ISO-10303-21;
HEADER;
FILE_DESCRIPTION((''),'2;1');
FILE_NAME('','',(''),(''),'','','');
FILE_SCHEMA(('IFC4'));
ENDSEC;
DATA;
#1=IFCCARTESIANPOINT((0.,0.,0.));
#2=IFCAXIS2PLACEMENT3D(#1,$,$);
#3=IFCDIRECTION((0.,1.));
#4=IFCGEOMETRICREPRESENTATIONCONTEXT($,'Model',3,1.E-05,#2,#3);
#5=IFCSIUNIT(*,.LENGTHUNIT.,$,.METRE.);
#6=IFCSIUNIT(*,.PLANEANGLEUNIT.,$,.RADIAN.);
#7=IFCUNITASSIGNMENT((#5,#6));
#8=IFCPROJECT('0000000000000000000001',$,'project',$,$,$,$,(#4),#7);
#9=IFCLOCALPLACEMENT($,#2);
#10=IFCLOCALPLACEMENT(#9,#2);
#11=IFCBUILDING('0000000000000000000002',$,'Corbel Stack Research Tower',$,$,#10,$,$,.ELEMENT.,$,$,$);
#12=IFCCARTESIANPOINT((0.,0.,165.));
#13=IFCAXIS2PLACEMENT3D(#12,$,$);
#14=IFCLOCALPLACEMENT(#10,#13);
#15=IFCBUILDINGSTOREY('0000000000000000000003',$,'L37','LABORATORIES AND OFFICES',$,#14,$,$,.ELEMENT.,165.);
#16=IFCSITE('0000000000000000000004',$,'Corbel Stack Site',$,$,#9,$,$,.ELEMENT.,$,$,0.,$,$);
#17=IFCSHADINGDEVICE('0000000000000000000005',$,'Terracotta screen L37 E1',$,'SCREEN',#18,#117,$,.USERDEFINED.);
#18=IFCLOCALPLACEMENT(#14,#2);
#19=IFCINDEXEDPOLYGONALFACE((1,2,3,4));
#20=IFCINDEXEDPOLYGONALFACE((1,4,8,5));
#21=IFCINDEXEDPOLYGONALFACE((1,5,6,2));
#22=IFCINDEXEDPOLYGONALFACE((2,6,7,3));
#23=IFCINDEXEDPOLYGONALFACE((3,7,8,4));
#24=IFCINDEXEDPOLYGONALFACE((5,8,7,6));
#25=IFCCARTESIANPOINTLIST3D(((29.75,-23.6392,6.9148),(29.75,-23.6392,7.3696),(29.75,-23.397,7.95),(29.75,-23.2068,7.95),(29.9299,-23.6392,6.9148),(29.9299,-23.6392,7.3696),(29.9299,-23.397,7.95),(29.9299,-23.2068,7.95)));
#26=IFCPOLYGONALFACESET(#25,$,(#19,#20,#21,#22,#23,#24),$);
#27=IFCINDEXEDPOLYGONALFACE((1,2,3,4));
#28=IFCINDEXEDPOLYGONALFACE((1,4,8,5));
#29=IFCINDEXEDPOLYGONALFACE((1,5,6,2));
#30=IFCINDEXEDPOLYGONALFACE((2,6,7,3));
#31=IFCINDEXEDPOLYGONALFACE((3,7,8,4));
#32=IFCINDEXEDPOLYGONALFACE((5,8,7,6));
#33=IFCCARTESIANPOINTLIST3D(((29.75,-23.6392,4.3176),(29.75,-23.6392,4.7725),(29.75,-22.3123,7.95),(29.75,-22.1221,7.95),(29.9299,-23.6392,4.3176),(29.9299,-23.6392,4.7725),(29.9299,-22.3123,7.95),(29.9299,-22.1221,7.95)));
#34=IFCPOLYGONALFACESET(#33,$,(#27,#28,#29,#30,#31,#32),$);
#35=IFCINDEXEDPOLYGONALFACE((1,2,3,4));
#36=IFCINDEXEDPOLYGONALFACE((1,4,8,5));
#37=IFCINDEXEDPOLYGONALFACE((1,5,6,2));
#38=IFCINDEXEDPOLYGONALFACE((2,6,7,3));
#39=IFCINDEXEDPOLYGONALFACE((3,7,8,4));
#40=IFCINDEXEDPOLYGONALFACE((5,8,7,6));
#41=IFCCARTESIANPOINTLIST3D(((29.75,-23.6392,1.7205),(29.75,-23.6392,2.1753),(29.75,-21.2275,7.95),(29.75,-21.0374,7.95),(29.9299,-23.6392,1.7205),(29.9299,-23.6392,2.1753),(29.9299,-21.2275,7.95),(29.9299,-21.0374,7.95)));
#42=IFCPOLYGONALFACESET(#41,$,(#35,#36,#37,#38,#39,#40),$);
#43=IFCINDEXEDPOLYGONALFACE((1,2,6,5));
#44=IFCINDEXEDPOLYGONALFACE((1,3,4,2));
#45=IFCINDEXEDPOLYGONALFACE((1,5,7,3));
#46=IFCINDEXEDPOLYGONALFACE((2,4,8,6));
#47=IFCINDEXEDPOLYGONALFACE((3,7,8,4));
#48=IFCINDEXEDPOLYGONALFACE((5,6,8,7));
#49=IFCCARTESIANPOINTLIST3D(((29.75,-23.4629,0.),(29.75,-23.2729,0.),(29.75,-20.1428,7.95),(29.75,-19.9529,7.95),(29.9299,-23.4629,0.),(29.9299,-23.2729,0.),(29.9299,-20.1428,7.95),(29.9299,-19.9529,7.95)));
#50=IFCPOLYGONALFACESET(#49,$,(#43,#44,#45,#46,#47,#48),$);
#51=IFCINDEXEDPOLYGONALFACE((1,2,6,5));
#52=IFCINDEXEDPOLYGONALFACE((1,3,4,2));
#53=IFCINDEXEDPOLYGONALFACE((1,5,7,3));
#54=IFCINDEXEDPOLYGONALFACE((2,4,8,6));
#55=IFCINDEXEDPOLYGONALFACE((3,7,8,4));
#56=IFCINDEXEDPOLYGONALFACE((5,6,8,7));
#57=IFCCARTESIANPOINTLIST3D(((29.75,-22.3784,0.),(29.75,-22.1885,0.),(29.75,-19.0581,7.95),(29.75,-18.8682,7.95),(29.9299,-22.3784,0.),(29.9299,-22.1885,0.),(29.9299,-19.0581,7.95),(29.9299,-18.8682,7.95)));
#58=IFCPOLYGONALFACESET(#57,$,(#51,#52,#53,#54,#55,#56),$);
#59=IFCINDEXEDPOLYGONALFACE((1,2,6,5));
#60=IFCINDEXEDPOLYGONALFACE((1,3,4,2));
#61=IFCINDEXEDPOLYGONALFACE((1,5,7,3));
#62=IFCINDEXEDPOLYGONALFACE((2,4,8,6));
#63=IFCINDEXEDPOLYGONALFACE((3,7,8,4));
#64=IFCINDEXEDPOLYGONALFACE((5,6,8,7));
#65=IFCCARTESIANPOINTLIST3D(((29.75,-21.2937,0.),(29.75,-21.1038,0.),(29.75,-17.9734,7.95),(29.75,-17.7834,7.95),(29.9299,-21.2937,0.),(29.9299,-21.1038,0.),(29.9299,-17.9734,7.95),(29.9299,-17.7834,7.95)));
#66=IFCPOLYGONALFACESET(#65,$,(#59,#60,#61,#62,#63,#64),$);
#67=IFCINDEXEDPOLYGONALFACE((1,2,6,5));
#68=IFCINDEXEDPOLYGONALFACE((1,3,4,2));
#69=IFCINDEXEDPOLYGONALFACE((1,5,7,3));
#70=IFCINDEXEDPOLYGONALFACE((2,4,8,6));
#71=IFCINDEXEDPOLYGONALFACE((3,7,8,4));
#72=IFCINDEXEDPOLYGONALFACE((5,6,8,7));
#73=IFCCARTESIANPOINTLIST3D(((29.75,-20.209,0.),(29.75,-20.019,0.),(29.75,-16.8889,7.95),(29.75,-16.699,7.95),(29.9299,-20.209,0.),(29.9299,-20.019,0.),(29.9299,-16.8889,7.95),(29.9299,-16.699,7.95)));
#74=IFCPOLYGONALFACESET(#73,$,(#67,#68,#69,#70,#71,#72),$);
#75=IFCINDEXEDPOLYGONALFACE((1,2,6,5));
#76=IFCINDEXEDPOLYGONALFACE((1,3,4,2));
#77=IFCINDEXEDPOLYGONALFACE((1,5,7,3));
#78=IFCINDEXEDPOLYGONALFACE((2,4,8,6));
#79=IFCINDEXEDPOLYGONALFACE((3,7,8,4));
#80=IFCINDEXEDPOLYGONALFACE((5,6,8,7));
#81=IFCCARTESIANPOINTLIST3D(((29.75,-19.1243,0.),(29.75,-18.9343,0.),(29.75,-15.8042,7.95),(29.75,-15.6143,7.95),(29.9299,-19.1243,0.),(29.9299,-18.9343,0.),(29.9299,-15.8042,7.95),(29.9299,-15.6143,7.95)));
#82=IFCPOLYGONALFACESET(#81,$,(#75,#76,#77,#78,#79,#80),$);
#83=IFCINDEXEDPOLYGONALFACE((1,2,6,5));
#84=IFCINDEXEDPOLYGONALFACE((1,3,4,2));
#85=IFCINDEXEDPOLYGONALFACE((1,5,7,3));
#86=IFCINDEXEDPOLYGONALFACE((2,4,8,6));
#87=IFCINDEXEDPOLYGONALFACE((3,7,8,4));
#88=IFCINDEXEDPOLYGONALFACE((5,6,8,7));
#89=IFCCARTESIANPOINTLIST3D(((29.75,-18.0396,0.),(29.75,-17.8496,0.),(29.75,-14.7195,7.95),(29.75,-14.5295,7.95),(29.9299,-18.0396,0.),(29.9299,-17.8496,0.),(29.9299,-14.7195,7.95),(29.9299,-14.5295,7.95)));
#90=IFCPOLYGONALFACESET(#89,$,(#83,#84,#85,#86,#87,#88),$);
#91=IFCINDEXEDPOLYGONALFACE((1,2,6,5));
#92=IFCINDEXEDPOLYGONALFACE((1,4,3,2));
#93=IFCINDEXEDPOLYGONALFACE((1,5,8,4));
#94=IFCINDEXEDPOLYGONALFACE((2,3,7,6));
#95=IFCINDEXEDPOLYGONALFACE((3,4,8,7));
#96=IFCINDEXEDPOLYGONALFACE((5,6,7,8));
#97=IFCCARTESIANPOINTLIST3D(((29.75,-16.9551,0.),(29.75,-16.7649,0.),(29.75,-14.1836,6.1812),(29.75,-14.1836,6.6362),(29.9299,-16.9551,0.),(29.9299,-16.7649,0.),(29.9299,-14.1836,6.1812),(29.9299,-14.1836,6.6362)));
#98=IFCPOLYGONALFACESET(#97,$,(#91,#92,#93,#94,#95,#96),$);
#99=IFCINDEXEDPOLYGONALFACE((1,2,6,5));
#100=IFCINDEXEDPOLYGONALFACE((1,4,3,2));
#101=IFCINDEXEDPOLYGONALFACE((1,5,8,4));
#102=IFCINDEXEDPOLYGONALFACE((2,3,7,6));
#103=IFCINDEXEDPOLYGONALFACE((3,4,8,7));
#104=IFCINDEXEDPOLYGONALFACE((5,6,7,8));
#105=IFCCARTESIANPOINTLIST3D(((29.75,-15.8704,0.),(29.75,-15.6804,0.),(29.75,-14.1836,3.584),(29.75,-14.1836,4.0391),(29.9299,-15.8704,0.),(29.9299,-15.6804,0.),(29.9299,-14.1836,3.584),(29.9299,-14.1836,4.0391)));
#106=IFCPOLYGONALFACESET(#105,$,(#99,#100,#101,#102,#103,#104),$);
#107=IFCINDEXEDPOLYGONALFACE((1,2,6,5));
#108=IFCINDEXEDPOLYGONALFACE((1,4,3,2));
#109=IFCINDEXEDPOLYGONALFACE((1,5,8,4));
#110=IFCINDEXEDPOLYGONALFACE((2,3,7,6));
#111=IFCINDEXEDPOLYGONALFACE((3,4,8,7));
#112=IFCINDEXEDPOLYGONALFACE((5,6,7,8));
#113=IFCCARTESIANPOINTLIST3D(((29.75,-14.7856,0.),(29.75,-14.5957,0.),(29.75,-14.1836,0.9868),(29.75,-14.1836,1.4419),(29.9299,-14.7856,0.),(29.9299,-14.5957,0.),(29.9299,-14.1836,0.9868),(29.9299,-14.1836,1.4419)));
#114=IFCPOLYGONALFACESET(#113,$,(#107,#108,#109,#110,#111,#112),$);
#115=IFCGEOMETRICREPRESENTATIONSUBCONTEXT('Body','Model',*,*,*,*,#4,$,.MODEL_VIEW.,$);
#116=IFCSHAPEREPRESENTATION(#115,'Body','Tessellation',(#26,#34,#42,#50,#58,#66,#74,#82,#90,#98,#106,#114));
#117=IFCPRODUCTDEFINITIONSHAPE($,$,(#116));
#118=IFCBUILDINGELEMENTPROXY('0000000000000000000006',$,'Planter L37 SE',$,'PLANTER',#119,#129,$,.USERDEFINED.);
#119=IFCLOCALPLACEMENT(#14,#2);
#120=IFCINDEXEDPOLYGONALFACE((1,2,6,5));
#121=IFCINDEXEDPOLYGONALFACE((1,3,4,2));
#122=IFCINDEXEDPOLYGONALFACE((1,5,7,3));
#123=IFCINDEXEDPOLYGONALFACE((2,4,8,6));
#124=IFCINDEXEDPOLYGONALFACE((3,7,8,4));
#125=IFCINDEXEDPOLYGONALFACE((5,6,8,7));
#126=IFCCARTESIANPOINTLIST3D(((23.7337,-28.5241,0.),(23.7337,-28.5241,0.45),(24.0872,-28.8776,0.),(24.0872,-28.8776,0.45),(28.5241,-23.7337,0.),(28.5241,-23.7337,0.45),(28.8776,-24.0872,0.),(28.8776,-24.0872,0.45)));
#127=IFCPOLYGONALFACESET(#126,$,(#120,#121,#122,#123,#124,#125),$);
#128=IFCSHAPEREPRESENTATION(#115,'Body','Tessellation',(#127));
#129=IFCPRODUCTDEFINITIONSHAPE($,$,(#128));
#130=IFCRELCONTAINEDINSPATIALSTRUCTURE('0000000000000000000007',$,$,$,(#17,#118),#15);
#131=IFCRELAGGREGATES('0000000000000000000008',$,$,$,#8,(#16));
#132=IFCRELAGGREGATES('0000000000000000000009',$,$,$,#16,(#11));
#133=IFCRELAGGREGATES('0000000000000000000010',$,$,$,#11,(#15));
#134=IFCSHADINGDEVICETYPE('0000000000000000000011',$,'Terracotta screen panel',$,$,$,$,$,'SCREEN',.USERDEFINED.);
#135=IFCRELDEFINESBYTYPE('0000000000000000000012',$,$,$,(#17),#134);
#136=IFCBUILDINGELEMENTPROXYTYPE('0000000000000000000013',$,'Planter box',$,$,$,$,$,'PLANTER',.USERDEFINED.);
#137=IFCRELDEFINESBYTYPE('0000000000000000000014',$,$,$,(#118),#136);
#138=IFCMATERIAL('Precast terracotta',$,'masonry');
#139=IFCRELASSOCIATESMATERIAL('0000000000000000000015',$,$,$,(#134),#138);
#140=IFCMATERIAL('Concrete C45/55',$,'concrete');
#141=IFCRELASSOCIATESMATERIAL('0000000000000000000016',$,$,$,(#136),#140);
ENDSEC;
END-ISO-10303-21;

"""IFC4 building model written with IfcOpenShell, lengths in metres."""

from ifc_helpers import new_model, si_unit, direction, frame, origin, origin_2d, place, context, subcontext, project, spatial, polyline, rectangle, outline, extrude, source, transform, mapped, material, type_object, element, save


model = new_model("IFC4")

# Units and contexts
model_context = context("Model", 3, precision=1e-05, world=origin(), true_north=direction((0.0, 1.0)))
body_context = subcontext(model_context, "Body", "Model", "MODEL_VIEW")
ifc_project = project(units=[si_unit("LENGTHUNIT", "METRE"), si_unit("PLANEANGLEUNIT", "RADIAN")], contexts=[model_context])

# Site, building, storey
site_placement = place(None, origin())
site = spatial("IfcSite", under=ifc_project, at=site_placement, Name="Corbel Stack Site", CompositionType="ELEMENT", RefElevation=0.0)
building_placement = place(site_placement, origin())
building = spatial("IfcBuilding", under=site, at=building_placement, Name="Corbel Stack Research Tower", CompositionType="ELEMENT")
storey_placement = place(building_placement, frame((0.0, 0.0, 165.0)))
storey = spatial("IfcBuildingStorey", under=building, at=storey_placement, Name="L37", Description="LABORATORIES AND OFFICES", CompositionType="ELEMENT", Elevation=165.0)

# Shading device
ifc_material_1 = material(Name="Precast terracotta", Category="masonry")
shading_device_type = type_object("IfcShadingDeviceType", Name="Terracotta screen panel", ElementType="SCREEN", PredefinedType="USERDEFINED", material=ifc_material_1)
shared_shape_1 = source(origin(), body_context, "Body", "SweptSolid", [
    extrude(outline(polyline([(0.4324, 7.95), (0.2422, 7.95), (0.0, 7.3696), (0.0, 6.9148), (0.4324, 7.95)])), frame((0.0, 0.0, 0.0), z_axis=(0.0, -1.0, 0.0), x_axis=(1.0, 0.0, 0.0)), (0.0, 0.0, 1.0), 0.1799),
    extrude(outline(polyline([(1.5171, 7.95), (1.3269, 7.95), (0.0, 4.7725), (0.0, 4.3176), (1.5171, 7.95)])), frame((0.0, 0.0, 0.0), z_axis=(0.0, -1.0, 0.0), x_axis=(1.0, 0.0, 0.0)), (0.0, 0.0, 1.0), 0.1799),
    extrude(outline(polyline([(2.6018, 7.95), (2.4116, 7.95), (0.0, 2.1753), (0.0, 1.7205), (2.6018, 7.95)])), frame((0.0, 0.0, 0.0), z_axis=(0.0, -1.0, 0.0), x_axis=(1.0, 0.0, 0.0)), (0.0, 0.0, 1.0), 0.1799),
    extrude(outline(polyline([(0.3662, 0.0), (3.6863, 7.95), (3.4963, 7.95), (0.1763, 0.0), (0.3662, 0.0)])), frame((0.0, 0.0, 0.0), z_axis=(0.0, -1.0, 0.0), x_axis=(1.0, 0.0, 0.0)), (0.0, 0.0, 1.0), 0.1799),
    extrude(outline(polyline([(1.4507, 0.0), (4.771, 7.95), (4.5811, 7.95), (1.2607, 0.0), (1.4507, 0.0)])), frame((0.0, 0.0, 0.0), z_axis=(0.0, -1.0, 0.0), x_axis=(1.0, 0.0, 0.0)), (0.0, 0.0, 1.0), 0.1799),
    extrude(outline(polyline([(2.5354, 0.0), (5.8557, 7.95), (5.6658, 7.95), (2.3455, 0.0), (2.5354, 0.0)])), frame((0.0, 0.0, 0.0), z_axis=(0.0, -1.0, 0.0), x_axis=(1.0, 0.0, 0.0)), (0.0, 0.0, 1.0), 0.1799),
    extrude(outline(polyline([(3.6201, 0.0), (6.9402, 7.95), (6.7502, 7.95), (3.4302, 0.0), (3.6201, 0.0)])), frame((0.0, 0.0, 0.0), z_axis=(0.0, -1.0, 0.0), x_axis=(1.0, 0.0, 0.0)), (0.0, 0.0, 1.0), 0.1799),
    extrude(outline(polyline([(4.7048, 0.0), (8.0249, 7.95), (7.835, 7.95), (4.5149, 0.0), (4.7048, 0.0)])), frame((0.0, 0.0, 0.0), z_axis=(0.0, -1.0, 0.0), x_axis=(1.0, 0.0, 0.0)), (0.0, 0.0, 1.0), 0.1799),
    extrude(outline(polyline([(5.7896, 0.0), (9.1096, 7.95), (8.9197, 7.95), (5.5996, 0.0), (5.7896, 0.0)])), frame((0.0, 0.0, 0.0), z_axis=(0.0, -1.0, 0.0), x_axis=(1.0, 0.0, 0.0)), (0.0, 0.0, 1.0), 0.1799),
    extrude(outline(polyline([(6.8743, 0.0), (9.4556, 6.1812), (9.4556, 6.6362), (6.6841, 0.0), (6.8743, 0.0)])), frame((0.0, 0.0, 0.0), z_axis=(0.0, -1.0, 0.0), x_axis=(1.0, 0.0, 0.0)), (0.0, 0.0, 1.0), 0.1799),
    extrude(outline(polyline([(7.9587, 0.0), (9.4556, 3.584), (9.4556, 4.0391), (7.7688, 0.0), (7.9587, 0.0)])), frame((0.0, 0.0, 0.0), z_axis=(0.0, -1.0, 0.0), x_axis=(1.0, 0.0, 0.0)), (0.0, 0.0, 1.0), 0.1799),
    extrude(outline(polyline([(9.0435, 0.0), (9.4556, 0.9868), (9.4556, 1.4419), (8.8535, 0.0), (9.0435, 0.0)])), frame((0.0, 0.0, 0.0), z_axis=(0.0, -1.0, 0.0), x_axis=(1.0, 0.0, 0.0)), (0.0, 0.0, 1.0), 0.1799),
])
shading_device_1_placement = place(storey_placement, frame((29.75, -23.6392, 0.0), z_axis=(0.0, 0.0, 1.0), x_axis=(0.0, 1.0, 0.0)))
element("IfcShadingDevice", 1, at=shading_device_1_placement, inside=storey, type_object=shading_device_type, Name="Terracotta screen L37 E1", ObjectType="SCREEN", PredefinedType="USERDEFINED", context=body_context, shape_type="MappedRepresentation", body=[
    mapped(shared_shape_1, transform((0.0, 0.0, 0.0))),
])

# Building element proxy
ifc_material_2 = material(Name="Concrete C45/55", Category="concrete")
building_element_proxy_type = type_object("IfcBuildingElementProxyType", Name="Planter box", ElementType="PLANTER", PredefinedType="USERDEFINED", material=ifc_material_2)
proxy_placement = place(storey_placement, frame((26.3057, -26.3057, 0.0), z_axis=(0.0, 0.0, 1.0), x_axis=(0.707107, 0.707107, 0.0)))
element("IfcBuildingElementProxy", 2, at=proxy_placement, inside=storey, type_object=building_element_proxy_type, Name="Planter L37 SE", ObjectType="PLANTER", PredefinedType="USERDEFINED", context=body_context, shape_type="SweptSolid", body=[
    extrude(rectangle(XDim=6.7747, YDim=0.5, at=origin_2d()), origin(), (0.0, 0.0, 1.0), 0.45),
])

save(model, "model.ifc")
